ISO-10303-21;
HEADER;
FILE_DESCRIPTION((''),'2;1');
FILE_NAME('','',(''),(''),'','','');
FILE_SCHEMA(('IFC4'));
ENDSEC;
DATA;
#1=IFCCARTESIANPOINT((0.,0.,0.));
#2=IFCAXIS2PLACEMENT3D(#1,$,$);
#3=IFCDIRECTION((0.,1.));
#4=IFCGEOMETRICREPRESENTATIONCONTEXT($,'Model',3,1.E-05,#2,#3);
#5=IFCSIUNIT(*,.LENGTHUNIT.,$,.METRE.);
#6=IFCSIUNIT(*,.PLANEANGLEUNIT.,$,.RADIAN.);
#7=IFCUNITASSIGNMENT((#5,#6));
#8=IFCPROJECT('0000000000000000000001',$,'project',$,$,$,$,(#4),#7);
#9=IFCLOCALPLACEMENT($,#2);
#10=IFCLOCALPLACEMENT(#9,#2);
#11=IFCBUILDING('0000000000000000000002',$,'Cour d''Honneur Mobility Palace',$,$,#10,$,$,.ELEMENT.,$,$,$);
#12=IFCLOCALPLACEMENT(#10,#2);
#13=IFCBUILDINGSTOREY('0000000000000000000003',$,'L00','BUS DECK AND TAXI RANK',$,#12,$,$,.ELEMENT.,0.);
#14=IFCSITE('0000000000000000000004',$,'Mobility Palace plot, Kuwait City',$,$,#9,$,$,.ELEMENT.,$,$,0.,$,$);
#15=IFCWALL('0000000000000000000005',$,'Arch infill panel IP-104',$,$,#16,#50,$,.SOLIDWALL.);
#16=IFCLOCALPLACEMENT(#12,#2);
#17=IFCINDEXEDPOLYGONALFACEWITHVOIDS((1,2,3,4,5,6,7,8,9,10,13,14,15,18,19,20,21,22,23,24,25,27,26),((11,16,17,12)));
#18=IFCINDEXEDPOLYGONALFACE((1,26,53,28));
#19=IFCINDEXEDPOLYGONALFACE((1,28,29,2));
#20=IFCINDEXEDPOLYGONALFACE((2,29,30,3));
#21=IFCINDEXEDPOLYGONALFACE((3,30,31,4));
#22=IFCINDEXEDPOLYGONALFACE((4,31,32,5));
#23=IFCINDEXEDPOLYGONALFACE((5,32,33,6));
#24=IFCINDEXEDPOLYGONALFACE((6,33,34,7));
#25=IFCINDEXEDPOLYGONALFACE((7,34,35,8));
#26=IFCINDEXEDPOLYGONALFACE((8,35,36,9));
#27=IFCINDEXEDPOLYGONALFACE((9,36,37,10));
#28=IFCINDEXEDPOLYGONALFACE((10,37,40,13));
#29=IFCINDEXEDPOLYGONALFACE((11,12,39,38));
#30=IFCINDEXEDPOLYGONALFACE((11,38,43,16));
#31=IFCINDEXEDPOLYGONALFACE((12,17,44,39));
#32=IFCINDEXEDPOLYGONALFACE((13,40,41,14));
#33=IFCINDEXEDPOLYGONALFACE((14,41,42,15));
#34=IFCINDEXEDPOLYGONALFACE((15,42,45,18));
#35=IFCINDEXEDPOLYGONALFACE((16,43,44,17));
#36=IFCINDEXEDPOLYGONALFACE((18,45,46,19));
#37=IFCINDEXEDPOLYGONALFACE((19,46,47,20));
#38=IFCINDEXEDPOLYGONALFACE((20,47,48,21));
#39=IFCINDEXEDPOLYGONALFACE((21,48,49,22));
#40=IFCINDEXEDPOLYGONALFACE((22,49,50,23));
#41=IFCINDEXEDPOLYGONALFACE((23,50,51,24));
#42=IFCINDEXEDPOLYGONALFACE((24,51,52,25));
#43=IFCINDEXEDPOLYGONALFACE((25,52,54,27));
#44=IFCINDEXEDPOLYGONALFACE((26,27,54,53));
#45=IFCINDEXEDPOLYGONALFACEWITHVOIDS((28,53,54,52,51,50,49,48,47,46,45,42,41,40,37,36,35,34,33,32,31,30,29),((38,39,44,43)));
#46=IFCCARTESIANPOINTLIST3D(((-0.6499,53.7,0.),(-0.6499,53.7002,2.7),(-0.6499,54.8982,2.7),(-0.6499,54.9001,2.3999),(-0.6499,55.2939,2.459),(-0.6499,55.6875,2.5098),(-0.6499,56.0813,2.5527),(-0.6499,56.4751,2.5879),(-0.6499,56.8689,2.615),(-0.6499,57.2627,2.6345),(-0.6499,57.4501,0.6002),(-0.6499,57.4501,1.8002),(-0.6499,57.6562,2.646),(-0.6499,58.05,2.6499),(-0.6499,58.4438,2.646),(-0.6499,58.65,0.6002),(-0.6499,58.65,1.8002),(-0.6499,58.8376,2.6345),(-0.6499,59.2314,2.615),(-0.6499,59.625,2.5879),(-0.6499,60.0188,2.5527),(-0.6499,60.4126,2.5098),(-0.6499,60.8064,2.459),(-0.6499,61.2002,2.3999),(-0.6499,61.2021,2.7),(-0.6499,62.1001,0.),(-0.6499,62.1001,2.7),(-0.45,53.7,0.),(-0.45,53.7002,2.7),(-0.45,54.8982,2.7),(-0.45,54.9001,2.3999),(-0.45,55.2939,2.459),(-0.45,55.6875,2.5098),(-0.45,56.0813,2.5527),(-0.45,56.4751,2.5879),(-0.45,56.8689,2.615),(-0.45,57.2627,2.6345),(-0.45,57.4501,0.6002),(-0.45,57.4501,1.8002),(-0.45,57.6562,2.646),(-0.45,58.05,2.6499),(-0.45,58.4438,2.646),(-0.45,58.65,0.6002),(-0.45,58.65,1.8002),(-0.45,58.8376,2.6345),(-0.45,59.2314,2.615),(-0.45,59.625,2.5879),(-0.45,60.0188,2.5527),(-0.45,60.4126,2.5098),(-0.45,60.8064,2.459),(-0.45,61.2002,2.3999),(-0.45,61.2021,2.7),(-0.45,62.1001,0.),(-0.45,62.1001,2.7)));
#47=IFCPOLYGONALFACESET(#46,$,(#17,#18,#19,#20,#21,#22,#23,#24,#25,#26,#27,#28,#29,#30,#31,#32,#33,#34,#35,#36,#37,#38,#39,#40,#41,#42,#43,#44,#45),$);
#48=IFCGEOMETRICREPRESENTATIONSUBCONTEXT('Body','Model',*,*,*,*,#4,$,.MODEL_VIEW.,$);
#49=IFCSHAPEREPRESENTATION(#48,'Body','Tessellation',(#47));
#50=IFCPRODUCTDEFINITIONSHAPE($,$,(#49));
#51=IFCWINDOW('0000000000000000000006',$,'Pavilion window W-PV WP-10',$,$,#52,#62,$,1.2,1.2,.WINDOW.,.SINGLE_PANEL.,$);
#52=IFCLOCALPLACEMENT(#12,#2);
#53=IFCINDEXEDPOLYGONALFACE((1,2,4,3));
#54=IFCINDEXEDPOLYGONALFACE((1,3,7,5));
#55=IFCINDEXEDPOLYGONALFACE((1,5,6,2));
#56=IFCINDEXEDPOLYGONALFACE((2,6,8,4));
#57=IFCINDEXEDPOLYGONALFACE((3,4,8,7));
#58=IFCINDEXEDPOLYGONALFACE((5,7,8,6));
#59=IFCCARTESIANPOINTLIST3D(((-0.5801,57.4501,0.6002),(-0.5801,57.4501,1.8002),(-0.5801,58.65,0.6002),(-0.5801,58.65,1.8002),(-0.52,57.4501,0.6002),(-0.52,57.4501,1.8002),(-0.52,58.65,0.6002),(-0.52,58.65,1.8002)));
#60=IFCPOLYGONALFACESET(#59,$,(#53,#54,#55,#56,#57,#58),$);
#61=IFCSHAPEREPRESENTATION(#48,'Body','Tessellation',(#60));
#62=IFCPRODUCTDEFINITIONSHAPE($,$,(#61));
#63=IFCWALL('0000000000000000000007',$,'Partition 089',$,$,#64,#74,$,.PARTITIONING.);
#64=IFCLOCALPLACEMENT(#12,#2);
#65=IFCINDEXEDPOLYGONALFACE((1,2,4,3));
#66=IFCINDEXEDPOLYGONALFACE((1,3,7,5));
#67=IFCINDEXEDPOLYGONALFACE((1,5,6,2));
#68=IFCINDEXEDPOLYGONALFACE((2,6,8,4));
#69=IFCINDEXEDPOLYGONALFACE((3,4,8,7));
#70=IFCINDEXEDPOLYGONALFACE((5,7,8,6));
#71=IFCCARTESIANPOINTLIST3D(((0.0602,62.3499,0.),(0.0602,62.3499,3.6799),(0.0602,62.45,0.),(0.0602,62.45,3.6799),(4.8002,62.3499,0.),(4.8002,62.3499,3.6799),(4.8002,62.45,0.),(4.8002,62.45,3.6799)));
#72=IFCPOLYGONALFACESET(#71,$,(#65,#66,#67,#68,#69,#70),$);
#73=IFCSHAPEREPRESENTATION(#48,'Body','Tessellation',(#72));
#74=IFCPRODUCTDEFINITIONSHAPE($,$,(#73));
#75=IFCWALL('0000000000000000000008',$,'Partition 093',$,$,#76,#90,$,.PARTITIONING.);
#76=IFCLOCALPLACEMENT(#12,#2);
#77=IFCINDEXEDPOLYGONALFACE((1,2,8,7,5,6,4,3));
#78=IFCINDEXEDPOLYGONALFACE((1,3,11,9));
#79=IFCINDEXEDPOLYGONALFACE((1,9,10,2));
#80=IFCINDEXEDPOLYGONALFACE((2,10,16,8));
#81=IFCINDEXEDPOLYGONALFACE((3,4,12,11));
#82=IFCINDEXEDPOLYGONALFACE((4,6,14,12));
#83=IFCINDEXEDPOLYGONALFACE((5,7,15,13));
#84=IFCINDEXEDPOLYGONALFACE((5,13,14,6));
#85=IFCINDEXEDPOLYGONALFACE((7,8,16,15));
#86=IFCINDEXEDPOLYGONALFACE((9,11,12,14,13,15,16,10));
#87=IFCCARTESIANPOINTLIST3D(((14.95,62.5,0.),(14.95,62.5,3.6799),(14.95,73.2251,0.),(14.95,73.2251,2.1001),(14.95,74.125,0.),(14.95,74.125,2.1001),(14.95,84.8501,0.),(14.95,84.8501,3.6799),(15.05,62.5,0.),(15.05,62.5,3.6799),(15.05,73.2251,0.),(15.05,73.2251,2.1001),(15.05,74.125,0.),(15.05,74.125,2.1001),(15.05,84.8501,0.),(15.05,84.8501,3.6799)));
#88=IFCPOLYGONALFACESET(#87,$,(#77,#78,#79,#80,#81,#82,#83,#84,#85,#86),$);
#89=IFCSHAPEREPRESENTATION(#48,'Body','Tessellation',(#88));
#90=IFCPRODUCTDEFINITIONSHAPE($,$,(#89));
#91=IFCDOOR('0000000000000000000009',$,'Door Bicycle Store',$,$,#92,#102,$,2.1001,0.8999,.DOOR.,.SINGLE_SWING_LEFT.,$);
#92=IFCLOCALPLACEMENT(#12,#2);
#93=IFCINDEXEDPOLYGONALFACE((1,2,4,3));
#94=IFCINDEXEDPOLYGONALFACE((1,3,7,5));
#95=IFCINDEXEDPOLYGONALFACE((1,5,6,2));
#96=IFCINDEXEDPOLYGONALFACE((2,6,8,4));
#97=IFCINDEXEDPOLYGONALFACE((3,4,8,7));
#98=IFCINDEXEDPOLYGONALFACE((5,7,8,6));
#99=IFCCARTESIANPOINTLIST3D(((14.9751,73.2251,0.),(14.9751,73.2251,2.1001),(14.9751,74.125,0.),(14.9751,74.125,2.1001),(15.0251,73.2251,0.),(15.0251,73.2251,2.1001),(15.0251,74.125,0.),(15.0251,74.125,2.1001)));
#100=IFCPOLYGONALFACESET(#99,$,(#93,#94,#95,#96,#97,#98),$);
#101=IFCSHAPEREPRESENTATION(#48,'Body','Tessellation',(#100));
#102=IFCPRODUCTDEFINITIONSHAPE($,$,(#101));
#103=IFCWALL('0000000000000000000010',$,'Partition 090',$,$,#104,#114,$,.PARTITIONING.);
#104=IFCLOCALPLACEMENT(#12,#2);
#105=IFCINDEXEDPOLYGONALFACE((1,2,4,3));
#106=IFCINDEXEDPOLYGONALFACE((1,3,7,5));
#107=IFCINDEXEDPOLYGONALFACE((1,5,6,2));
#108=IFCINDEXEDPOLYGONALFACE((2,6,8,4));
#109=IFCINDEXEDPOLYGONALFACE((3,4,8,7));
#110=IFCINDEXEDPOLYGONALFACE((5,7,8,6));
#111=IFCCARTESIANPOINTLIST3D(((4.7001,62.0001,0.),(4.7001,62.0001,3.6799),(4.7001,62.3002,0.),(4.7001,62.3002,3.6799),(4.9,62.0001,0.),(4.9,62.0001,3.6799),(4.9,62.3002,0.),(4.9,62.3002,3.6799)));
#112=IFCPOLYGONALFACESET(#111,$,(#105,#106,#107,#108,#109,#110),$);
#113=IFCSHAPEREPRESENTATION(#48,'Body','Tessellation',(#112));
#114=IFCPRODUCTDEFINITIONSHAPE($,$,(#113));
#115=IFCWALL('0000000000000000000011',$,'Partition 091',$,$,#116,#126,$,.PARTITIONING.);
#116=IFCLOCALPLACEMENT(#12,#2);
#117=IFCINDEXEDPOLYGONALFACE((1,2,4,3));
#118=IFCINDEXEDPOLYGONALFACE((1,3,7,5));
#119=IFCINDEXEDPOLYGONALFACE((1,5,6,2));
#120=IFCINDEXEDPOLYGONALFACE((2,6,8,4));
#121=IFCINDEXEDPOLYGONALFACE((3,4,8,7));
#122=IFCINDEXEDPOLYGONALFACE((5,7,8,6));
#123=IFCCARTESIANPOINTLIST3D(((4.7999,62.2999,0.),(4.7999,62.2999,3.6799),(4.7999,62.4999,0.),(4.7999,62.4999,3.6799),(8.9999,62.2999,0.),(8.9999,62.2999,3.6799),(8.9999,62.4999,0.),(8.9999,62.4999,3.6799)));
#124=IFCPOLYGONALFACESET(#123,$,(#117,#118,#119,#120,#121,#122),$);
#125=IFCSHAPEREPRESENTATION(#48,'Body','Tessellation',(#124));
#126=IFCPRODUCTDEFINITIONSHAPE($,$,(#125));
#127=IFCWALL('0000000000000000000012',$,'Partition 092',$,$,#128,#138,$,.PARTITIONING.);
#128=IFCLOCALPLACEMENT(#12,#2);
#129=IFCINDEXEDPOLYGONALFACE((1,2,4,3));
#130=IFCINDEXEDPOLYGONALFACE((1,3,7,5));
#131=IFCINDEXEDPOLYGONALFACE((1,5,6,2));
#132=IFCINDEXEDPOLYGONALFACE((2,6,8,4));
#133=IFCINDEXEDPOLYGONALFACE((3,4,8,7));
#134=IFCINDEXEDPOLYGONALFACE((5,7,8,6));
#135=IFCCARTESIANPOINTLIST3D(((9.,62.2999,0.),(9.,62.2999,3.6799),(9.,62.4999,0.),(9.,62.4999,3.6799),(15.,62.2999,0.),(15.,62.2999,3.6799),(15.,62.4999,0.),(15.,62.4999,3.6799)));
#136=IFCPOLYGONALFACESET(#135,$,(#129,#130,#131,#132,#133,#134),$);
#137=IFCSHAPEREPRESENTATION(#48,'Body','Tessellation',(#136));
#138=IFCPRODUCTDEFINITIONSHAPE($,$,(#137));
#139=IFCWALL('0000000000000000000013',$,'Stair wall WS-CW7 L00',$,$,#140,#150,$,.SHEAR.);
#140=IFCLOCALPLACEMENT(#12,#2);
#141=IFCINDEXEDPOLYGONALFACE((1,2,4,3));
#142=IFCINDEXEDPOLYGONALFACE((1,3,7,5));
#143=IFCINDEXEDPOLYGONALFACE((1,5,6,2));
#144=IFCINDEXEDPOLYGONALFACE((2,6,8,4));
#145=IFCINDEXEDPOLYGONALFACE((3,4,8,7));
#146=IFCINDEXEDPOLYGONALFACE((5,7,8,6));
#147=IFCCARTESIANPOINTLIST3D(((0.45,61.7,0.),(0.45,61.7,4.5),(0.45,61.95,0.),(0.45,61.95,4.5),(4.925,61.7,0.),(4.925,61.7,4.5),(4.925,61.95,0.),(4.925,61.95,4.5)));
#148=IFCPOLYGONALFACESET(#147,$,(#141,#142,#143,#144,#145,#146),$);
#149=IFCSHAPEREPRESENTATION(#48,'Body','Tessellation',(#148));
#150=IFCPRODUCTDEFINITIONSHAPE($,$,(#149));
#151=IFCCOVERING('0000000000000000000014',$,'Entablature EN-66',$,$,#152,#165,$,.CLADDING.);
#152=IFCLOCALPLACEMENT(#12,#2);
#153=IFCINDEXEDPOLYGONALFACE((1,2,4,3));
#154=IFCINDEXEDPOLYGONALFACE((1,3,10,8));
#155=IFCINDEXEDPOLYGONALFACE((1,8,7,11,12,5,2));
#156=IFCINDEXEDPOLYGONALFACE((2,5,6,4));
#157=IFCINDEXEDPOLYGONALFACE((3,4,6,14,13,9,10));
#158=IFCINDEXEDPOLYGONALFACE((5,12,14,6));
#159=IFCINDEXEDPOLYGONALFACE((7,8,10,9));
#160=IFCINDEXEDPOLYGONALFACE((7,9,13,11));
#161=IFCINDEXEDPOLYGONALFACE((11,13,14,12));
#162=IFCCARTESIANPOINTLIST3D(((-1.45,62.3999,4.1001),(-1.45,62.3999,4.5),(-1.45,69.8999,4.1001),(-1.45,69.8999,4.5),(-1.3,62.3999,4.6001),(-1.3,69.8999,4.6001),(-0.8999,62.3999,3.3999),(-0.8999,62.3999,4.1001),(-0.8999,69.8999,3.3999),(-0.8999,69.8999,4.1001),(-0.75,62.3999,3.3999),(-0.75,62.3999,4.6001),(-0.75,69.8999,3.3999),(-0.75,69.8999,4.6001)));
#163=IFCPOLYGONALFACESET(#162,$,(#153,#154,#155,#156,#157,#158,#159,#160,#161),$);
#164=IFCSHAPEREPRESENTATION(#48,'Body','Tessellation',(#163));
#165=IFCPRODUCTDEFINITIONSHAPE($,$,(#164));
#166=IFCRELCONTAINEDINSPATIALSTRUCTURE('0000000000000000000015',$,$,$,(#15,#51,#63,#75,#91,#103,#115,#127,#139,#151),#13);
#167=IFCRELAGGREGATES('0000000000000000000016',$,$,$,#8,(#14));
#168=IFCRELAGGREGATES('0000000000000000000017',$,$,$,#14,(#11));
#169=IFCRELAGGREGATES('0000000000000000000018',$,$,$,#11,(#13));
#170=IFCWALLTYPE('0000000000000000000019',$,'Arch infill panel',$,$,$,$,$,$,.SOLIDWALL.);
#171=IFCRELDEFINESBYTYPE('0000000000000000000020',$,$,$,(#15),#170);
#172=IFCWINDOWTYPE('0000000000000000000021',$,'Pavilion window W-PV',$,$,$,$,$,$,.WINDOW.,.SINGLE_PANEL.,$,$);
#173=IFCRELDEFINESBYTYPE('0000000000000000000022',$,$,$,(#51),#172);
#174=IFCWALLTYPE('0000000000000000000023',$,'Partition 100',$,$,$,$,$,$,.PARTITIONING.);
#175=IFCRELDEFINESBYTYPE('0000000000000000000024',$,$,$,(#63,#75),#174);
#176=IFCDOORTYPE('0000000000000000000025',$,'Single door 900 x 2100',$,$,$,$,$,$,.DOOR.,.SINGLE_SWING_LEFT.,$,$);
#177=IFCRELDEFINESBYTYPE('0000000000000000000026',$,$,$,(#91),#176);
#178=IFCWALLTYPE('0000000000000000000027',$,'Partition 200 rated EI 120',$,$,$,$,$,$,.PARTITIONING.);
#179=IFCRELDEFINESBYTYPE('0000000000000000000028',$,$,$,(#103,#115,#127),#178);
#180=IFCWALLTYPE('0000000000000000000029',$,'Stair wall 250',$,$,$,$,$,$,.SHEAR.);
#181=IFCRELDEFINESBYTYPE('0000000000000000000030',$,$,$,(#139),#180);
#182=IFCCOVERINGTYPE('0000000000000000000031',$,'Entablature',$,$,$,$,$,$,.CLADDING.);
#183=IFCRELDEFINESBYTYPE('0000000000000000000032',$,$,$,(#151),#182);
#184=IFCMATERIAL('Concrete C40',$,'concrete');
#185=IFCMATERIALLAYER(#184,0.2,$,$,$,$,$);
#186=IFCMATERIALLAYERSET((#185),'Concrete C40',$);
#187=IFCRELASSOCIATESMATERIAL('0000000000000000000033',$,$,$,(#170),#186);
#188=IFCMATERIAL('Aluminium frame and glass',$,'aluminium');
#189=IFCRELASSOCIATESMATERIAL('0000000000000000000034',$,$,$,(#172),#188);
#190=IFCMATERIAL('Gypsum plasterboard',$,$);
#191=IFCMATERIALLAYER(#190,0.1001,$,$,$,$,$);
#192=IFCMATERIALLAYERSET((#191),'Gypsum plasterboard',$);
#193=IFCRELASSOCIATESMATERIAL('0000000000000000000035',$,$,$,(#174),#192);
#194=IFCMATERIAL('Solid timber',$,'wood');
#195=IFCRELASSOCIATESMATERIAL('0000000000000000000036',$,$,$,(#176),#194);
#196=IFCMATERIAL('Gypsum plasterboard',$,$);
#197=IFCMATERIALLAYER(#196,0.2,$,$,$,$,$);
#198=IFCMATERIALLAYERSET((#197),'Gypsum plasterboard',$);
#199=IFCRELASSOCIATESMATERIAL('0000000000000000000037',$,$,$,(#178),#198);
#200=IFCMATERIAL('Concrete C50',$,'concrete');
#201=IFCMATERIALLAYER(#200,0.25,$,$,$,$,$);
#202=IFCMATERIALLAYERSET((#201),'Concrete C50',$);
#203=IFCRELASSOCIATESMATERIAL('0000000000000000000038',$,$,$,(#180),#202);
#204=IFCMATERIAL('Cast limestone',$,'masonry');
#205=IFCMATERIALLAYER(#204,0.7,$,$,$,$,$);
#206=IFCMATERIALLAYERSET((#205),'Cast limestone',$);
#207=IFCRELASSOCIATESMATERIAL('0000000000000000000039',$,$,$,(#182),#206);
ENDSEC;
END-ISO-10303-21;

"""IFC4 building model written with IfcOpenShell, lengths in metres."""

from ifc_helpers import new_model, si_unit, direction, frame, frame_2d, origin, place, context, subcontext, project, spatial, polyline, rectangle, outline, extrude, material, layer, layer_set, type_object, element, fill, save


model = new_model("IFC4")

# Units and contexts
model_context = context("Model", 3, precision=1e-05, world=origin(), true_north=direction((0.0, 1.0)))
body_context = subcontext(model_context, "Body", "Model", "MODEL_VIEW")
ifc_project = project(units=[si_unit("LENGTHUNIT", "METRE"), si_unit("PLANEANGLEUNIT", "RADIAN")], contexts=[model_context])

# Site, building, storey
site_placement = place(None, origin())
site = spatial("IfcSite", under=ifc_project, at=site_placement, Name="Mobility Palace plot, Kuwait City", CompositionType="ELEMENT", RefElevation=0.0)
building_placement = place(site_placement, origin())
building = spatial("IfcBuilding", under=site, at=building_placement, Name="Cour d'Honneur Mobility Palace", CompositionType="ELEMENT")
storey_placement = place(building_placement, origin())
storey = spatial("IfcBuildingStorey", under=building, at=storey_placement, Name="L00", Description="BUS DECK AND TAXI RANK", CompositionType="ELEMENT", Elevation=0.0)

# Wall, opening, window
ifc_material_1 = material(Name="Concrete C40", Category="concrete")
ifc_layer_1 = layer(ifc_material_1, 0.2)
ifc_layer_set_1 = layer_set([ifc_layer_1], Name="Concrete C40")
wall_type_1 = type_object("IfcWallType", Name="Arch infill panel", PredefinedType="SOLIDWALL", material=ifc_layer_set_1)
wall_1_placement = place(storey_placement, frame((-0.55, 62.1001, 0.0), z_axis=(0.0, 0.0, 1.0), x_axis=(0.0, -1.0, 0.0)))
wall_1 = element("IfcWall", 1, at=wall_1_placement, inside=storey, type_object=wall_type_1, Name="Arch infill panel IP-104", PredefinedType="SOLIDWALL", context=body_context, shape_type="SweptSolid", body=[
    extrude(outline(polyline([(0.0, 0.0), (8.4001, 0.0), (8.3999, 2.7), (7.2019, 2.7), (7.2, 2.3999), (6.8062, 2.459), (6.4126, 2.5098), (6.0188, 2.5527), (5.625, 2.5879), (5.2312, 2.615), (4.8374, 2.6345), (4.4438, 2.646), (4.05, 2.6499), (3.6562, 2.646), (3.2625, 2.6345), (2.8687, 2.615), (2.4751, 2.5879), (2.0813, 2.5527), (1.6875, 2.5098), (1.2937, 2.459), (0.8999, 2.3999), (0.8979, 2.7), (0.0, 2.7), (0.0, 0.0)])), frame((0.0, 0.1001, 0.0), z_axis=(0.0, -1.0, 0.0), x_axis=(1.0, 0.0, 0.0)), (0.0, 0.0, 1.0), 0.2),
])
opening_1_placement = place(wall_1_placement, frame((3.45, 0.0, 0.6001)))
opening_1 = element("IfcOpeningElement", 2, at=opening_1_placement, cuts=wall_1, PredefinedType="OPENING", context=body_context, shape_type="SweptSolid", body=[
    extrude(rectangle(XDim=1.2, YDim=1.2, at=frame_2d((0.6001, 0.6001))), frame((0.0, 0.1099, 0.0), z_axis=(0.0, -1.0, 0.0), x_axis=(1.0, 0.0, 0.0)), (0.0, 0.0, 1.0), 0.22),
])
ifc_material_2 = material(Name="Aluminium frame and glass", Category="aluminium")
window_type_1 = type_object("IfcWindowType", Name="Pavilion window W-PV", PartitioningType="SINGLE_PANEL", PredefinedType="WINDOW", material=ifc_material_2)
window_1_placement = place(opening_1_placement, origin())
window_1 = element("IfcWindow", 3, at=window_1_placement, inside=storey, type_object=window_type_1, Name="Pavilion window W-PV WP-10", OverallHeight=1.2, OverallWidth=1.2, PartitioningType="SINGLE_PANEL", PredefinedType="WINDOW", context=body_context, shape_type="SweptSolid", body=[
    extrude(rectangle(XDim=1.2, YDim=1.2, at=frame_2d((0.6001, 0.6001))), frame((0.0, 0.03, 0.0), z_axis=(0.0, -1.0, 0.0), x_axis=(1.0, 0.0, 0.0)), (0.0, 0.0, 1.0), 0.0601),
])
fill(opening_1, window_1)

# Wall
ifc_material_3 = material(Name="Gypsum plasterboard")
ifc_layer_2 = layer(ifc_material_3, 0.1001)
ifc_layer_set_2 = layer_set([ifc_layer_2], Name="Gypsum plasterboard")
wall_type_2 = type_object("IfcWallType", Name="Partition 100", PredefinedType="PARTITIONING", material=ifc_layer_set_2)
wall_2_placement = place(storey_placement, frame((0.0601, 62.3999, 0.0), z_axis=(0.0, 0.0, 1.0), x_axis=(1.0, 0.0, 0.0)))
element("IfcWall", 4, at=wall_2_placement, inside=storey, type_object=wall_type_2, Name="Partition 089", PredefinedType="PARTITIONING", context=body_context, shape_type="SweptSolid", body=[
    extrude(rectangle(XDim=4.74, YDim=0.1001, at=frame_2d((2.3701, 0.0))), origin(), (0.0, 0.0, 1.0), 3.6799),
])

# Wall, opening, door
wall_3_placement = place(storey_placement, frame((15.0, 62.5, 0.0), z_axis=(0.0, 0.0, 1.0), x_axis=(0.0, 1.0, 0.0)))
wall_3 = element("IfcWall", 5, at=wall_3_placement, inside=storey, type_object=wall_type_2, Name="Partition 093", PredefinedType="PARTITIONING", context=body_context, shape_type="SweptSolid", body=[
    extrude(rectangle(XDim=22.3501, YDim=0.1001, at=frame_2d((11.175, 0.0))), origin(), (0.0, 0.0, 1.0), 3.6799),
])
opening_2_placement = place(wall_3_placement, frame((10.7251, 0.0, 0.0)))
opening_2 = element("IfcOpeningElement", 6, at=opening_2_placement, cuts=wall_3, PredefinedType="OPENING", context=body_context, shape_type="SweptSolid", body=[
    extrude(rectangle(XDim=0.8999, YDim=2.1001, at=frame_2d((0.45, 1.05))), frame((0.0, 0.0601, 0.0), z_axis=(0.0, -1.0, 0.0), x_axis=(1.0, 0.0, 0.0)), (0.0, 0.0, 1.0), 0.1201),
])
ifc_material_4 = material(Name="Solid timber", Category="wood")
door_type = type_object("IfcDoorType", Name="Single door 900 x 2100", OperationType="SINGLE_SWING_LEFT", PredefinedType="DOOR", material=ifc_material_4)
door_placement = place(opening_2_placement, origin())
door = element("IfcDoor", 7, at=door_placement, inside=storey, type_object=door_type, Name="Door Bicycle Store", OperationType="SINGLE_SWING_LEFT", OverallHeight=2.1001, OverallWidth=0.8999, PredefinedType="DOOR", context=body_context, shape_type="SweptSolid", body=[
    extrude(rectangle(XDim=0.8999, YDim=2.1001, at=frame_2d((0.45, 1.05))), frame((0.0, 0.0249, 0.0), z_axis=(0.0, -1.0, 0.0), x_axis=(1.0, 0.0, 0.0)), (0.0, 0.0, 1.0), 0.05),
])
fill(opening_2, door)

# Walls
ifc_material_5 = material(Name="Gypsum plasterboard")
ifc_layer_3 = layer(ifc_material_5, 0.2)
ifc_layer_set_3 = layer_set([ifc_layer_3], Name="Gypsum plasterboard")
wall_type_3 = type_object("IfcWallType", Name="Partition 200 rated EI 120", PredefinedType="PARTITIONING", material=ifc_layer_set_3)
wall_4_placement = place(storey_placement, frame((4.8, 62.3, 0.0), z_axis=(0.0, 0.0, 1.0), x_axis=(0.0, -1.0, 0.0)))
element("IfcWall", 8, at=wall_4_placement, inside=storey, type_object=wall_type_3, Name="Partition 090", PredefinedType="PARTITIONING", context=body_context, shape_type="SweptSolid", body=[
    extrude(rectangle(XDim=0.3, YDim=0.2, at=frame_2d((0.1499, 0.0))), origin(), (0.0, 0.0, 1.0), 3.6799),
])
wall_5_placement = place(storey_placement, frame((9.0, 62.3999, 0.0), z_axis=(0.0, 0.0, 1.0), x_axis=(-1.0, 0.0, 0.0)))
element("IfcWall", 9, at=wall_5_placement, inside=storey, type_object=wall_type_3, Name="Partition 091", PredefinedType="PARTITIONING", context=body_context, shape_type="SweptSolid", body=[
    extrude(rectangle(XDim=4.2, YDim=0.2, at=frame_2d((2.1001, 0.0))), origin(), (0.0, 0.0, 1.0), 3.6799),
])
wall_6_placement = place(storey_placement, frame((15.0, 62.3999, 0.0), z_axis=(0.0, 0.0, 1.0), x_axis=(-1.0, 0.0, 0.0)))
element("IfcWall", 10, at=wall_6_placement, inside=storey, type_object=wall_type_3, Name="Partition 092", PredefinedType="PARTITIONING", context=body_context, shape_type="SweptSolid", body=[
    extrude(rectangle(XDim=6.0, YDim=0.2, at=frame_2d((3.0, 0.0))), origin(), (0.0, 0.0, 1.0), 3.6799),
])
ifc_material_6 = material(Name="Concrete C50", Category="concrete")
ifc_layer_4 = layer(ifc_material_6, 0.25)
ifc_layer_set_4 = layer_set([ifc_layer_4], Name="Concrete C50")
wall_type_4 = type_object("IfcWallType", Name="Stair wall 250", PredefinedType="SHEAR", material=ifc_layer_set_4)
wall_7_placement = place(storey_placement, frame((0.45, 61.825, 0.0), z_axis=(0.0, 0.0, 1.0), x_axis=(1.0, 0.0, 0.0)))
element("IfcWall", 11, at=wall_7_placement, inside=storey, type_object=wall_type_4, Name="Stair wall WS-CW7 L00", PredefinedType="SHEAR", context=body_context, shape_type="SweptSolid", body=[
    extrude(rectangle(XDim=4.4751, YDim=0.25, at=frame_2d((2.2375, 0.0))), origin(), (0.0, 0.0, 1.0), 4.5),
])

# Covering
ifc_material_7 = material(Name="Cast limestone", Category="masonry")
ifc_layer_5 = layer(ifc_material_7, 0.7)
ifc_layer_set_5 = layer_set([ifc_layer_5], Name="Cast limestone")
covering_type_1 = type_object("IfcCoveringType", Name="Entablature", PredefinedType="CLADDING", material=ifc_layer_set_5)
covering_1_placement = place(storey_placement, frame((-0.75, 69.8999, 3.3999), z_axis=(0.0, 1.0, 0.0), x_axis=(-1.0, 0.0, 0.0)))
element("IfcCovering", 12, at=covering_1_placement, inside=storey, type_object=covering_type_1, Name="Entablature EN-66", PredefinedType="CLADDING", context=body_context, shape_type="SweptSolid", body=[
    extrude(outline(polyline([(0.0, 0.0), (0.1499, 0.0), (0.1499, 0.7002), (0.7, 0.7002), (0.7, 1.1001), (0.55, 1.2002), (0.0, 1.2002), (0.0, 0.0)])), origin(), (0.0, 0.0, -1.0), 7.5),
])

save(model, "model.ifc")
